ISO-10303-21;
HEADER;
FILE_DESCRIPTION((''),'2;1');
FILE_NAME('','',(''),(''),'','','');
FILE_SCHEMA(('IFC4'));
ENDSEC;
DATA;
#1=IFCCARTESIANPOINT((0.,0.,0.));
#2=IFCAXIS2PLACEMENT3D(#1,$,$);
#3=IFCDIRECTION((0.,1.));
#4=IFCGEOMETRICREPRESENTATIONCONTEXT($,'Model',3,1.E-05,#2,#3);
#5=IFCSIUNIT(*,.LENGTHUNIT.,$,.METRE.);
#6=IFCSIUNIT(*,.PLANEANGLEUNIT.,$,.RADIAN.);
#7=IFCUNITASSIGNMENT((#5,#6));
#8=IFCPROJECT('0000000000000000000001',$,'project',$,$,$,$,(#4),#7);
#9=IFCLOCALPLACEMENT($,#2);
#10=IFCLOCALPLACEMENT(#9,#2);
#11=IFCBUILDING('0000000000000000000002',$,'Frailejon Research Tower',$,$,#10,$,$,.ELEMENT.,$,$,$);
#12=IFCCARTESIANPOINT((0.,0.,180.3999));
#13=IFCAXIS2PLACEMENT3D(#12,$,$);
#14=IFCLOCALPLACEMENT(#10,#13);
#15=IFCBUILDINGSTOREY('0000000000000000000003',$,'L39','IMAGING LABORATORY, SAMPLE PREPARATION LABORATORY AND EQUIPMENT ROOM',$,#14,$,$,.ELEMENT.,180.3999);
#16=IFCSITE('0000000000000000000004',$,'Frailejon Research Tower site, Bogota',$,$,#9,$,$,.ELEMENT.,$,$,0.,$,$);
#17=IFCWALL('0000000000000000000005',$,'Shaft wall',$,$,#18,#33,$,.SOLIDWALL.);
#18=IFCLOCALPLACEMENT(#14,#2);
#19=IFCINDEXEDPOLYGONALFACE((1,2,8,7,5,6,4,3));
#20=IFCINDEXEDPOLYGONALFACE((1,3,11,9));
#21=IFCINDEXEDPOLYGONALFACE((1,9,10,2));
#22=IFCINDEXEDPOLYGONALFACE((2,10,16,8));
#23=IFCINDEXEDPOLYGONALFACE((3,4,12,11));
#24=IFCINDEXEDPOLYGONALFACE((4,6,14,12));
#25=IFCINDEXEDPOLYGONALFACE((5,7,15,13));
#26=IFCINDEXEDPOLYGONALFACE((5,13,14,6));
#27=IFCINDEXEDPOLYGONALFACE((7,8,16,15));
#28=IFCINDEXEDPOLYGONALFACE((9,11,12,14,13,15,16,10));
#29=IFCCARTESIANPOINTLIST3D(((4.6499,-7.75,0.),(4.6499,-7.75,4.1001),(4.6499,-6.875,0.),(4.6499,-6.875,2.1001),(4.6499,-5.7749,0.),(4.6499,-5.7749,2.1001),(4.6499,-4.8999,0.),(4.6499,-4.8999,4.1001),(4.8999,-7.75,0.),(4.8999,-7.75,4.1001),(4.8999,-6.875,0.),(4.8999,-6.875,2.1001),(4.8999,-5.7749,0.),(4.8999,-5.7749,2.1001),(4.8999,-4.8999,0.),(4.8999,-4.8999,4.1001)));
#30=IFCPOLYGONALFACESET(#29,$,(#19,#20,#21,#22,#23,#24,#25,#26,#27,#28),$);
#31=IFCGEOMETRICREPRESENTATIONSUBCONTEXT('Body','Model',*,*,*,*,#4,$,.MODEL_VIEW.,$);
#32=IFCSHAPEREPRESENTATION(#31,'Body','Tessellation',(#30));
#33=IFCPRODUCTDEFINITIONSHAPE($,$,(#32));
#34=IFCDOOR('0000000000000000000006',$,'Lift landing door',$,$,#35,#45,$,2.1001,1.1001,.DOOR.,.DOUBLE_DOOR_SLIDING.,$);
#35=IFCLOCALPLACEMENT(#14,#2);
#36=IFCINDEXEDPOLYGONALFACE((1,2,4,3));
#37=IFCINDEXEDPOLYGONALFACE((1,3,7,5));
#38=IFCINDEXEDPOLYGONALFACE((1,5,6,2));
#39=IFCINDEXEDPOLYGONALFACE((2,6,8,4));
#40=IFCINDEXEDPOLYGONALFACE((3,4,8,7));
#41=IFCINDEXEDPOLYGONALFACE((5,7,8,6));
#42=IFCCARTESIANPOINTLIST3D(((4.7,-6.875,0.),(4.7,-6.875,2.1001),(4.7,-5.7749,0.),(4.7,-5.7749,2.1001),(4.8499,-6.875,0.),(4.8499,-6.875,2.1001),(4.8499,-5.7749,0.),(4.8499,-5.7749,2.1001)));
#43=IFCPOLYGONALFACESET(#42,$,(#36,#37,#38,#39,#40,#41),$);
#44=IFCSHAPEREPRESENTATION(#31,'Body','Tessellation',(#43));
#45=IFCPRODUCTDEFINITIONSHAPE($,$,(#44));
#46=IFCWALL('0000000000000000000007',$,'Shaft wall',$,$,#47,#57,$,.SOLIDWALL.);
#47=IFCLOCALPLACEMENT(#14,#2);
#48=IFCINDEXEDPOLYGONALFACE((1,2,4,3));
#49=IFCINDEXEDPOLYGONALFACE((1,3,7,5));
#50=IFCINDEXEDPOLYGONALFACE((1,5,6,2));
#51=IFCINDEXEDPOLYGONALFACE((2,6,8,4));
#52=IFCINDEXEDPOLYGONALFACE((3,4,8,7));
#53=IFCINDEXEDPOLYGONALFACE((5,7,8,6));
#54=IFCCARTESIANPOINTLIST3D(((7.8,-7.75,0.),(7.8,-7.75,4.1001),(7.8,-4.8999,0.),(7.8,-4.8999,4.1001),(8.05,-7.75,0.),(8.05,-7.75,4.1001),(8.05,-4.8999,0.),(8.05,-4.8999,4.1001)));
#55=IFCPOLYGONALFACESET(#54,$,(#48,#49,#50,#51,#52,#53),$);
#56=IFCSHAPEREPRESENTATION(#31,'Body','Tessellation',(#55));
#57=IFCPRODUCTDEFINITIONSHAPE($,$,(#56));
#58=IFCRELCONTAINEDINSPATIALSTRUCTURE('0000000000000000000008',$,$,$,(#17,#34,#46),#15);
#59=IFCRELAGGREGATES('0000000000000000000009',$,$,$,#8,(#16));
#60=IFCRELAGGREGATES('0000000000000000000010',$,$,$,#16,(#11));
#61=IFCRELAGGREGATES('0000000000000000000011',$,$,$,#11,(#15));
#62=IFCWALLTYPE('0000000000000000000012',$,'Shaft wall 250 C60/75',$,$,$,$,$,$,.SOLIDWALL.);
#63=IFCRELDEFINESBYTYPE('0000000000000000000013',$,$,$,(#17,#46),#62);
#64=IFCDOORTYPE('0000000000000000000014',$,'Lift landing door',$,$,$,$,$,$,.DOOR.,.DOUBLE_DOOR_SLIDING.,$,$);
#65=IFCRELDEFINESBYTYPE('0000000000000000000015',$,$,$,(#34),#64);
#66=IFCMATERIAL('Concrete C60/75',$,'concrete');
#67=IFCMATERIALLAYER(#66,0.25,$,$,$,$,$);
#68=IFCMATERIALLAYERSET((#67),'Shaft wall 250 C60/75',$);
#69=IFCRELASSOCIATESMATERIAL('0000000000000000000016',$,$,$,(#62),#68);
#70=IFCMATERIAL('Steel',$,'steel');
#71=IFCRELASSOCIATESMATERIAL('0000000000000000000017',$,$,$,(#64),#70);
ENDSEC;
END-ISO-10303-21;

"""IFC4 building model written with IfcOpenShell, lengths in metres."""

from ifc_helpers import new_model, si_unit, direction, frame, frame_2d, origin, place, context, subcontext, project, spatial, rectangle, extrude, material, layer, layer_set, type_object, element, fill, save


model = new_model("IFC4")

# Units and contexts
model_context = context("Model", 3, precision=1e-05, world=origin(), true_north=direction((0.0, 1.0)))
body_context = subcontext(model_context, "Body", "Model", "MODEL_VIEW")
ifc_project = project(units=[si_unit("LENGTHUNIT", "METRE"), si_unit("PLANEANGLEUNIT", "RADIAN")], contexts=[model_context])

# Site, building, storey
site_placement = place(None, origin())
site = spatial("IfcSite", under=ifc_project, at=site_placement, Name="Frailejon Research Tower site, Bogota", CompositionType="ELEMENT", RefElevation=0.0)
building_placement = place(site_placement, origin())
building = spatial("IfcBuilding", under=site, at=building_placement, Name="Frailejon Research Tower", CompositionType="ELEMENT")
storey_placement = place(building_placement, frame((0.0, 0.0, 180.3999)))
storey = spatial("IfcBuildingStorey", under=building, at=storey_placement, Name="L39", Description="IMAGING LABORATORY, SAMPLE PREPARATION LABORATORY AND EQUIPMENT ROOM", CompositionType="ELEMENT", Elevation=180.3999)

# Wall, opening, door
ifc_material_1 = material(Name="Concrete C60/75", Category="concrete")
ifc_layer_1 = layer(ifc_material_1, 0.25)
ifc_layer_set_1 = layer_set([ifc_layer_1], Name="Shaft wall 250 C60/75")
wall_type_1 = type_object("IfcWallType", Name="Shaft wall 250 C60/75", PredefinedType="SOLIDWALL", material=ifc_layer_set_1)
wall_1_placement = place(storey_placement, frame((4.7749, -7.75, 0.0), z_axis=(0.0, 0.0, 1.0), x_axis=(0.0, 1.0, 0.0)))
wall_1 = element("IfcWall", 1, at=wall_1_placement, inside=storey, type_object=wall_type_1, Name="Shaft wall", PredefinedType="SOLIDWALL", context=body_context, shape_type="SweptSolid", body=[
    extrude(rectangle(XDim=2.8501, YDim=0.25, at=frame_2d((1.425, 0.0))), origin(), (0.0, 0.0, 1.0), 4.1001),
])
opening_1_placement = place(wall_1_placement, frame((0.875, 0.0, 0.0)))
opening_1 = element("IfcOpeningElement", 2, at=opening_1_placement, cuts=wall_1, PredefinedType="OPENING", context=body_context, shape_type="SweptSolid", body=[
    extrude(rectangle(XDim=1.1001, YDim=2.1001, at=frame_2d((0.55, 1.05))), frame((0.0, 0.135, 0.0), z_axis=(0.0, -1.0, 0.0), x_axis=(1.0, 0.0, 0.0)), (0.0, 0.0, 1.0), 0.27),
])
ifc_material_2 = material(Name="Steel", Category="steel")
door_type_1 = type_object("IfcDoorType", Name="Lift landing door", OperationType="DOUBLE_DOOR_SLIDING", PredefinedType="DOOR", material=ifc_material_2)
door_1_placement = place(opening_1_placement, origin())
door_1 = element("IfcDoor", 3, at=door_1_placement, inside=storey, type_object=door_type_1, Name="Lift landing door", OperationType="DOUBLE_DOOR_SLIDING", OverallHeight=2.1001, OverallWidth=1.1001, PredefinedType="DOOR", context=body_context, shape_type="SweptSolid", body=[
    extrude(rectangle(XDim=1.1001, YDim=2.1001, at=frame_2d((0.55, 1.05))), frame((0.0, 0.075, 0.0), z_axis=(0.0, -1.0, 0.0), x_axis=(1.0, 0.0, 0.0)), (0.0, 0.0, 1.0), 0.1499),
])
fill(opening_1, door_1)

# Wall
wall_2_placement = place(storey_placement, frame((7.925, -7.75, 0.0), z_axis=(0.0, 0.0, 1.0), x_axis=(0.0, 1.0, 0.0)))
element("IfcWall", 4, at=wall_2_placement, inside=storey, type_object=wall_type_1, Name="Shaft wall", PredefinedType="SOLIDWALL", context=body_context, shape_type="SweptSolid", body=[
    extrude(rectangle(XDim=2.8501, YDim=0.25, at=frame_2d((1.425, 0.0))), origin(), (0.0, 0.0, 1.0), 4.1001),
])

save(model, "model.ifc")
